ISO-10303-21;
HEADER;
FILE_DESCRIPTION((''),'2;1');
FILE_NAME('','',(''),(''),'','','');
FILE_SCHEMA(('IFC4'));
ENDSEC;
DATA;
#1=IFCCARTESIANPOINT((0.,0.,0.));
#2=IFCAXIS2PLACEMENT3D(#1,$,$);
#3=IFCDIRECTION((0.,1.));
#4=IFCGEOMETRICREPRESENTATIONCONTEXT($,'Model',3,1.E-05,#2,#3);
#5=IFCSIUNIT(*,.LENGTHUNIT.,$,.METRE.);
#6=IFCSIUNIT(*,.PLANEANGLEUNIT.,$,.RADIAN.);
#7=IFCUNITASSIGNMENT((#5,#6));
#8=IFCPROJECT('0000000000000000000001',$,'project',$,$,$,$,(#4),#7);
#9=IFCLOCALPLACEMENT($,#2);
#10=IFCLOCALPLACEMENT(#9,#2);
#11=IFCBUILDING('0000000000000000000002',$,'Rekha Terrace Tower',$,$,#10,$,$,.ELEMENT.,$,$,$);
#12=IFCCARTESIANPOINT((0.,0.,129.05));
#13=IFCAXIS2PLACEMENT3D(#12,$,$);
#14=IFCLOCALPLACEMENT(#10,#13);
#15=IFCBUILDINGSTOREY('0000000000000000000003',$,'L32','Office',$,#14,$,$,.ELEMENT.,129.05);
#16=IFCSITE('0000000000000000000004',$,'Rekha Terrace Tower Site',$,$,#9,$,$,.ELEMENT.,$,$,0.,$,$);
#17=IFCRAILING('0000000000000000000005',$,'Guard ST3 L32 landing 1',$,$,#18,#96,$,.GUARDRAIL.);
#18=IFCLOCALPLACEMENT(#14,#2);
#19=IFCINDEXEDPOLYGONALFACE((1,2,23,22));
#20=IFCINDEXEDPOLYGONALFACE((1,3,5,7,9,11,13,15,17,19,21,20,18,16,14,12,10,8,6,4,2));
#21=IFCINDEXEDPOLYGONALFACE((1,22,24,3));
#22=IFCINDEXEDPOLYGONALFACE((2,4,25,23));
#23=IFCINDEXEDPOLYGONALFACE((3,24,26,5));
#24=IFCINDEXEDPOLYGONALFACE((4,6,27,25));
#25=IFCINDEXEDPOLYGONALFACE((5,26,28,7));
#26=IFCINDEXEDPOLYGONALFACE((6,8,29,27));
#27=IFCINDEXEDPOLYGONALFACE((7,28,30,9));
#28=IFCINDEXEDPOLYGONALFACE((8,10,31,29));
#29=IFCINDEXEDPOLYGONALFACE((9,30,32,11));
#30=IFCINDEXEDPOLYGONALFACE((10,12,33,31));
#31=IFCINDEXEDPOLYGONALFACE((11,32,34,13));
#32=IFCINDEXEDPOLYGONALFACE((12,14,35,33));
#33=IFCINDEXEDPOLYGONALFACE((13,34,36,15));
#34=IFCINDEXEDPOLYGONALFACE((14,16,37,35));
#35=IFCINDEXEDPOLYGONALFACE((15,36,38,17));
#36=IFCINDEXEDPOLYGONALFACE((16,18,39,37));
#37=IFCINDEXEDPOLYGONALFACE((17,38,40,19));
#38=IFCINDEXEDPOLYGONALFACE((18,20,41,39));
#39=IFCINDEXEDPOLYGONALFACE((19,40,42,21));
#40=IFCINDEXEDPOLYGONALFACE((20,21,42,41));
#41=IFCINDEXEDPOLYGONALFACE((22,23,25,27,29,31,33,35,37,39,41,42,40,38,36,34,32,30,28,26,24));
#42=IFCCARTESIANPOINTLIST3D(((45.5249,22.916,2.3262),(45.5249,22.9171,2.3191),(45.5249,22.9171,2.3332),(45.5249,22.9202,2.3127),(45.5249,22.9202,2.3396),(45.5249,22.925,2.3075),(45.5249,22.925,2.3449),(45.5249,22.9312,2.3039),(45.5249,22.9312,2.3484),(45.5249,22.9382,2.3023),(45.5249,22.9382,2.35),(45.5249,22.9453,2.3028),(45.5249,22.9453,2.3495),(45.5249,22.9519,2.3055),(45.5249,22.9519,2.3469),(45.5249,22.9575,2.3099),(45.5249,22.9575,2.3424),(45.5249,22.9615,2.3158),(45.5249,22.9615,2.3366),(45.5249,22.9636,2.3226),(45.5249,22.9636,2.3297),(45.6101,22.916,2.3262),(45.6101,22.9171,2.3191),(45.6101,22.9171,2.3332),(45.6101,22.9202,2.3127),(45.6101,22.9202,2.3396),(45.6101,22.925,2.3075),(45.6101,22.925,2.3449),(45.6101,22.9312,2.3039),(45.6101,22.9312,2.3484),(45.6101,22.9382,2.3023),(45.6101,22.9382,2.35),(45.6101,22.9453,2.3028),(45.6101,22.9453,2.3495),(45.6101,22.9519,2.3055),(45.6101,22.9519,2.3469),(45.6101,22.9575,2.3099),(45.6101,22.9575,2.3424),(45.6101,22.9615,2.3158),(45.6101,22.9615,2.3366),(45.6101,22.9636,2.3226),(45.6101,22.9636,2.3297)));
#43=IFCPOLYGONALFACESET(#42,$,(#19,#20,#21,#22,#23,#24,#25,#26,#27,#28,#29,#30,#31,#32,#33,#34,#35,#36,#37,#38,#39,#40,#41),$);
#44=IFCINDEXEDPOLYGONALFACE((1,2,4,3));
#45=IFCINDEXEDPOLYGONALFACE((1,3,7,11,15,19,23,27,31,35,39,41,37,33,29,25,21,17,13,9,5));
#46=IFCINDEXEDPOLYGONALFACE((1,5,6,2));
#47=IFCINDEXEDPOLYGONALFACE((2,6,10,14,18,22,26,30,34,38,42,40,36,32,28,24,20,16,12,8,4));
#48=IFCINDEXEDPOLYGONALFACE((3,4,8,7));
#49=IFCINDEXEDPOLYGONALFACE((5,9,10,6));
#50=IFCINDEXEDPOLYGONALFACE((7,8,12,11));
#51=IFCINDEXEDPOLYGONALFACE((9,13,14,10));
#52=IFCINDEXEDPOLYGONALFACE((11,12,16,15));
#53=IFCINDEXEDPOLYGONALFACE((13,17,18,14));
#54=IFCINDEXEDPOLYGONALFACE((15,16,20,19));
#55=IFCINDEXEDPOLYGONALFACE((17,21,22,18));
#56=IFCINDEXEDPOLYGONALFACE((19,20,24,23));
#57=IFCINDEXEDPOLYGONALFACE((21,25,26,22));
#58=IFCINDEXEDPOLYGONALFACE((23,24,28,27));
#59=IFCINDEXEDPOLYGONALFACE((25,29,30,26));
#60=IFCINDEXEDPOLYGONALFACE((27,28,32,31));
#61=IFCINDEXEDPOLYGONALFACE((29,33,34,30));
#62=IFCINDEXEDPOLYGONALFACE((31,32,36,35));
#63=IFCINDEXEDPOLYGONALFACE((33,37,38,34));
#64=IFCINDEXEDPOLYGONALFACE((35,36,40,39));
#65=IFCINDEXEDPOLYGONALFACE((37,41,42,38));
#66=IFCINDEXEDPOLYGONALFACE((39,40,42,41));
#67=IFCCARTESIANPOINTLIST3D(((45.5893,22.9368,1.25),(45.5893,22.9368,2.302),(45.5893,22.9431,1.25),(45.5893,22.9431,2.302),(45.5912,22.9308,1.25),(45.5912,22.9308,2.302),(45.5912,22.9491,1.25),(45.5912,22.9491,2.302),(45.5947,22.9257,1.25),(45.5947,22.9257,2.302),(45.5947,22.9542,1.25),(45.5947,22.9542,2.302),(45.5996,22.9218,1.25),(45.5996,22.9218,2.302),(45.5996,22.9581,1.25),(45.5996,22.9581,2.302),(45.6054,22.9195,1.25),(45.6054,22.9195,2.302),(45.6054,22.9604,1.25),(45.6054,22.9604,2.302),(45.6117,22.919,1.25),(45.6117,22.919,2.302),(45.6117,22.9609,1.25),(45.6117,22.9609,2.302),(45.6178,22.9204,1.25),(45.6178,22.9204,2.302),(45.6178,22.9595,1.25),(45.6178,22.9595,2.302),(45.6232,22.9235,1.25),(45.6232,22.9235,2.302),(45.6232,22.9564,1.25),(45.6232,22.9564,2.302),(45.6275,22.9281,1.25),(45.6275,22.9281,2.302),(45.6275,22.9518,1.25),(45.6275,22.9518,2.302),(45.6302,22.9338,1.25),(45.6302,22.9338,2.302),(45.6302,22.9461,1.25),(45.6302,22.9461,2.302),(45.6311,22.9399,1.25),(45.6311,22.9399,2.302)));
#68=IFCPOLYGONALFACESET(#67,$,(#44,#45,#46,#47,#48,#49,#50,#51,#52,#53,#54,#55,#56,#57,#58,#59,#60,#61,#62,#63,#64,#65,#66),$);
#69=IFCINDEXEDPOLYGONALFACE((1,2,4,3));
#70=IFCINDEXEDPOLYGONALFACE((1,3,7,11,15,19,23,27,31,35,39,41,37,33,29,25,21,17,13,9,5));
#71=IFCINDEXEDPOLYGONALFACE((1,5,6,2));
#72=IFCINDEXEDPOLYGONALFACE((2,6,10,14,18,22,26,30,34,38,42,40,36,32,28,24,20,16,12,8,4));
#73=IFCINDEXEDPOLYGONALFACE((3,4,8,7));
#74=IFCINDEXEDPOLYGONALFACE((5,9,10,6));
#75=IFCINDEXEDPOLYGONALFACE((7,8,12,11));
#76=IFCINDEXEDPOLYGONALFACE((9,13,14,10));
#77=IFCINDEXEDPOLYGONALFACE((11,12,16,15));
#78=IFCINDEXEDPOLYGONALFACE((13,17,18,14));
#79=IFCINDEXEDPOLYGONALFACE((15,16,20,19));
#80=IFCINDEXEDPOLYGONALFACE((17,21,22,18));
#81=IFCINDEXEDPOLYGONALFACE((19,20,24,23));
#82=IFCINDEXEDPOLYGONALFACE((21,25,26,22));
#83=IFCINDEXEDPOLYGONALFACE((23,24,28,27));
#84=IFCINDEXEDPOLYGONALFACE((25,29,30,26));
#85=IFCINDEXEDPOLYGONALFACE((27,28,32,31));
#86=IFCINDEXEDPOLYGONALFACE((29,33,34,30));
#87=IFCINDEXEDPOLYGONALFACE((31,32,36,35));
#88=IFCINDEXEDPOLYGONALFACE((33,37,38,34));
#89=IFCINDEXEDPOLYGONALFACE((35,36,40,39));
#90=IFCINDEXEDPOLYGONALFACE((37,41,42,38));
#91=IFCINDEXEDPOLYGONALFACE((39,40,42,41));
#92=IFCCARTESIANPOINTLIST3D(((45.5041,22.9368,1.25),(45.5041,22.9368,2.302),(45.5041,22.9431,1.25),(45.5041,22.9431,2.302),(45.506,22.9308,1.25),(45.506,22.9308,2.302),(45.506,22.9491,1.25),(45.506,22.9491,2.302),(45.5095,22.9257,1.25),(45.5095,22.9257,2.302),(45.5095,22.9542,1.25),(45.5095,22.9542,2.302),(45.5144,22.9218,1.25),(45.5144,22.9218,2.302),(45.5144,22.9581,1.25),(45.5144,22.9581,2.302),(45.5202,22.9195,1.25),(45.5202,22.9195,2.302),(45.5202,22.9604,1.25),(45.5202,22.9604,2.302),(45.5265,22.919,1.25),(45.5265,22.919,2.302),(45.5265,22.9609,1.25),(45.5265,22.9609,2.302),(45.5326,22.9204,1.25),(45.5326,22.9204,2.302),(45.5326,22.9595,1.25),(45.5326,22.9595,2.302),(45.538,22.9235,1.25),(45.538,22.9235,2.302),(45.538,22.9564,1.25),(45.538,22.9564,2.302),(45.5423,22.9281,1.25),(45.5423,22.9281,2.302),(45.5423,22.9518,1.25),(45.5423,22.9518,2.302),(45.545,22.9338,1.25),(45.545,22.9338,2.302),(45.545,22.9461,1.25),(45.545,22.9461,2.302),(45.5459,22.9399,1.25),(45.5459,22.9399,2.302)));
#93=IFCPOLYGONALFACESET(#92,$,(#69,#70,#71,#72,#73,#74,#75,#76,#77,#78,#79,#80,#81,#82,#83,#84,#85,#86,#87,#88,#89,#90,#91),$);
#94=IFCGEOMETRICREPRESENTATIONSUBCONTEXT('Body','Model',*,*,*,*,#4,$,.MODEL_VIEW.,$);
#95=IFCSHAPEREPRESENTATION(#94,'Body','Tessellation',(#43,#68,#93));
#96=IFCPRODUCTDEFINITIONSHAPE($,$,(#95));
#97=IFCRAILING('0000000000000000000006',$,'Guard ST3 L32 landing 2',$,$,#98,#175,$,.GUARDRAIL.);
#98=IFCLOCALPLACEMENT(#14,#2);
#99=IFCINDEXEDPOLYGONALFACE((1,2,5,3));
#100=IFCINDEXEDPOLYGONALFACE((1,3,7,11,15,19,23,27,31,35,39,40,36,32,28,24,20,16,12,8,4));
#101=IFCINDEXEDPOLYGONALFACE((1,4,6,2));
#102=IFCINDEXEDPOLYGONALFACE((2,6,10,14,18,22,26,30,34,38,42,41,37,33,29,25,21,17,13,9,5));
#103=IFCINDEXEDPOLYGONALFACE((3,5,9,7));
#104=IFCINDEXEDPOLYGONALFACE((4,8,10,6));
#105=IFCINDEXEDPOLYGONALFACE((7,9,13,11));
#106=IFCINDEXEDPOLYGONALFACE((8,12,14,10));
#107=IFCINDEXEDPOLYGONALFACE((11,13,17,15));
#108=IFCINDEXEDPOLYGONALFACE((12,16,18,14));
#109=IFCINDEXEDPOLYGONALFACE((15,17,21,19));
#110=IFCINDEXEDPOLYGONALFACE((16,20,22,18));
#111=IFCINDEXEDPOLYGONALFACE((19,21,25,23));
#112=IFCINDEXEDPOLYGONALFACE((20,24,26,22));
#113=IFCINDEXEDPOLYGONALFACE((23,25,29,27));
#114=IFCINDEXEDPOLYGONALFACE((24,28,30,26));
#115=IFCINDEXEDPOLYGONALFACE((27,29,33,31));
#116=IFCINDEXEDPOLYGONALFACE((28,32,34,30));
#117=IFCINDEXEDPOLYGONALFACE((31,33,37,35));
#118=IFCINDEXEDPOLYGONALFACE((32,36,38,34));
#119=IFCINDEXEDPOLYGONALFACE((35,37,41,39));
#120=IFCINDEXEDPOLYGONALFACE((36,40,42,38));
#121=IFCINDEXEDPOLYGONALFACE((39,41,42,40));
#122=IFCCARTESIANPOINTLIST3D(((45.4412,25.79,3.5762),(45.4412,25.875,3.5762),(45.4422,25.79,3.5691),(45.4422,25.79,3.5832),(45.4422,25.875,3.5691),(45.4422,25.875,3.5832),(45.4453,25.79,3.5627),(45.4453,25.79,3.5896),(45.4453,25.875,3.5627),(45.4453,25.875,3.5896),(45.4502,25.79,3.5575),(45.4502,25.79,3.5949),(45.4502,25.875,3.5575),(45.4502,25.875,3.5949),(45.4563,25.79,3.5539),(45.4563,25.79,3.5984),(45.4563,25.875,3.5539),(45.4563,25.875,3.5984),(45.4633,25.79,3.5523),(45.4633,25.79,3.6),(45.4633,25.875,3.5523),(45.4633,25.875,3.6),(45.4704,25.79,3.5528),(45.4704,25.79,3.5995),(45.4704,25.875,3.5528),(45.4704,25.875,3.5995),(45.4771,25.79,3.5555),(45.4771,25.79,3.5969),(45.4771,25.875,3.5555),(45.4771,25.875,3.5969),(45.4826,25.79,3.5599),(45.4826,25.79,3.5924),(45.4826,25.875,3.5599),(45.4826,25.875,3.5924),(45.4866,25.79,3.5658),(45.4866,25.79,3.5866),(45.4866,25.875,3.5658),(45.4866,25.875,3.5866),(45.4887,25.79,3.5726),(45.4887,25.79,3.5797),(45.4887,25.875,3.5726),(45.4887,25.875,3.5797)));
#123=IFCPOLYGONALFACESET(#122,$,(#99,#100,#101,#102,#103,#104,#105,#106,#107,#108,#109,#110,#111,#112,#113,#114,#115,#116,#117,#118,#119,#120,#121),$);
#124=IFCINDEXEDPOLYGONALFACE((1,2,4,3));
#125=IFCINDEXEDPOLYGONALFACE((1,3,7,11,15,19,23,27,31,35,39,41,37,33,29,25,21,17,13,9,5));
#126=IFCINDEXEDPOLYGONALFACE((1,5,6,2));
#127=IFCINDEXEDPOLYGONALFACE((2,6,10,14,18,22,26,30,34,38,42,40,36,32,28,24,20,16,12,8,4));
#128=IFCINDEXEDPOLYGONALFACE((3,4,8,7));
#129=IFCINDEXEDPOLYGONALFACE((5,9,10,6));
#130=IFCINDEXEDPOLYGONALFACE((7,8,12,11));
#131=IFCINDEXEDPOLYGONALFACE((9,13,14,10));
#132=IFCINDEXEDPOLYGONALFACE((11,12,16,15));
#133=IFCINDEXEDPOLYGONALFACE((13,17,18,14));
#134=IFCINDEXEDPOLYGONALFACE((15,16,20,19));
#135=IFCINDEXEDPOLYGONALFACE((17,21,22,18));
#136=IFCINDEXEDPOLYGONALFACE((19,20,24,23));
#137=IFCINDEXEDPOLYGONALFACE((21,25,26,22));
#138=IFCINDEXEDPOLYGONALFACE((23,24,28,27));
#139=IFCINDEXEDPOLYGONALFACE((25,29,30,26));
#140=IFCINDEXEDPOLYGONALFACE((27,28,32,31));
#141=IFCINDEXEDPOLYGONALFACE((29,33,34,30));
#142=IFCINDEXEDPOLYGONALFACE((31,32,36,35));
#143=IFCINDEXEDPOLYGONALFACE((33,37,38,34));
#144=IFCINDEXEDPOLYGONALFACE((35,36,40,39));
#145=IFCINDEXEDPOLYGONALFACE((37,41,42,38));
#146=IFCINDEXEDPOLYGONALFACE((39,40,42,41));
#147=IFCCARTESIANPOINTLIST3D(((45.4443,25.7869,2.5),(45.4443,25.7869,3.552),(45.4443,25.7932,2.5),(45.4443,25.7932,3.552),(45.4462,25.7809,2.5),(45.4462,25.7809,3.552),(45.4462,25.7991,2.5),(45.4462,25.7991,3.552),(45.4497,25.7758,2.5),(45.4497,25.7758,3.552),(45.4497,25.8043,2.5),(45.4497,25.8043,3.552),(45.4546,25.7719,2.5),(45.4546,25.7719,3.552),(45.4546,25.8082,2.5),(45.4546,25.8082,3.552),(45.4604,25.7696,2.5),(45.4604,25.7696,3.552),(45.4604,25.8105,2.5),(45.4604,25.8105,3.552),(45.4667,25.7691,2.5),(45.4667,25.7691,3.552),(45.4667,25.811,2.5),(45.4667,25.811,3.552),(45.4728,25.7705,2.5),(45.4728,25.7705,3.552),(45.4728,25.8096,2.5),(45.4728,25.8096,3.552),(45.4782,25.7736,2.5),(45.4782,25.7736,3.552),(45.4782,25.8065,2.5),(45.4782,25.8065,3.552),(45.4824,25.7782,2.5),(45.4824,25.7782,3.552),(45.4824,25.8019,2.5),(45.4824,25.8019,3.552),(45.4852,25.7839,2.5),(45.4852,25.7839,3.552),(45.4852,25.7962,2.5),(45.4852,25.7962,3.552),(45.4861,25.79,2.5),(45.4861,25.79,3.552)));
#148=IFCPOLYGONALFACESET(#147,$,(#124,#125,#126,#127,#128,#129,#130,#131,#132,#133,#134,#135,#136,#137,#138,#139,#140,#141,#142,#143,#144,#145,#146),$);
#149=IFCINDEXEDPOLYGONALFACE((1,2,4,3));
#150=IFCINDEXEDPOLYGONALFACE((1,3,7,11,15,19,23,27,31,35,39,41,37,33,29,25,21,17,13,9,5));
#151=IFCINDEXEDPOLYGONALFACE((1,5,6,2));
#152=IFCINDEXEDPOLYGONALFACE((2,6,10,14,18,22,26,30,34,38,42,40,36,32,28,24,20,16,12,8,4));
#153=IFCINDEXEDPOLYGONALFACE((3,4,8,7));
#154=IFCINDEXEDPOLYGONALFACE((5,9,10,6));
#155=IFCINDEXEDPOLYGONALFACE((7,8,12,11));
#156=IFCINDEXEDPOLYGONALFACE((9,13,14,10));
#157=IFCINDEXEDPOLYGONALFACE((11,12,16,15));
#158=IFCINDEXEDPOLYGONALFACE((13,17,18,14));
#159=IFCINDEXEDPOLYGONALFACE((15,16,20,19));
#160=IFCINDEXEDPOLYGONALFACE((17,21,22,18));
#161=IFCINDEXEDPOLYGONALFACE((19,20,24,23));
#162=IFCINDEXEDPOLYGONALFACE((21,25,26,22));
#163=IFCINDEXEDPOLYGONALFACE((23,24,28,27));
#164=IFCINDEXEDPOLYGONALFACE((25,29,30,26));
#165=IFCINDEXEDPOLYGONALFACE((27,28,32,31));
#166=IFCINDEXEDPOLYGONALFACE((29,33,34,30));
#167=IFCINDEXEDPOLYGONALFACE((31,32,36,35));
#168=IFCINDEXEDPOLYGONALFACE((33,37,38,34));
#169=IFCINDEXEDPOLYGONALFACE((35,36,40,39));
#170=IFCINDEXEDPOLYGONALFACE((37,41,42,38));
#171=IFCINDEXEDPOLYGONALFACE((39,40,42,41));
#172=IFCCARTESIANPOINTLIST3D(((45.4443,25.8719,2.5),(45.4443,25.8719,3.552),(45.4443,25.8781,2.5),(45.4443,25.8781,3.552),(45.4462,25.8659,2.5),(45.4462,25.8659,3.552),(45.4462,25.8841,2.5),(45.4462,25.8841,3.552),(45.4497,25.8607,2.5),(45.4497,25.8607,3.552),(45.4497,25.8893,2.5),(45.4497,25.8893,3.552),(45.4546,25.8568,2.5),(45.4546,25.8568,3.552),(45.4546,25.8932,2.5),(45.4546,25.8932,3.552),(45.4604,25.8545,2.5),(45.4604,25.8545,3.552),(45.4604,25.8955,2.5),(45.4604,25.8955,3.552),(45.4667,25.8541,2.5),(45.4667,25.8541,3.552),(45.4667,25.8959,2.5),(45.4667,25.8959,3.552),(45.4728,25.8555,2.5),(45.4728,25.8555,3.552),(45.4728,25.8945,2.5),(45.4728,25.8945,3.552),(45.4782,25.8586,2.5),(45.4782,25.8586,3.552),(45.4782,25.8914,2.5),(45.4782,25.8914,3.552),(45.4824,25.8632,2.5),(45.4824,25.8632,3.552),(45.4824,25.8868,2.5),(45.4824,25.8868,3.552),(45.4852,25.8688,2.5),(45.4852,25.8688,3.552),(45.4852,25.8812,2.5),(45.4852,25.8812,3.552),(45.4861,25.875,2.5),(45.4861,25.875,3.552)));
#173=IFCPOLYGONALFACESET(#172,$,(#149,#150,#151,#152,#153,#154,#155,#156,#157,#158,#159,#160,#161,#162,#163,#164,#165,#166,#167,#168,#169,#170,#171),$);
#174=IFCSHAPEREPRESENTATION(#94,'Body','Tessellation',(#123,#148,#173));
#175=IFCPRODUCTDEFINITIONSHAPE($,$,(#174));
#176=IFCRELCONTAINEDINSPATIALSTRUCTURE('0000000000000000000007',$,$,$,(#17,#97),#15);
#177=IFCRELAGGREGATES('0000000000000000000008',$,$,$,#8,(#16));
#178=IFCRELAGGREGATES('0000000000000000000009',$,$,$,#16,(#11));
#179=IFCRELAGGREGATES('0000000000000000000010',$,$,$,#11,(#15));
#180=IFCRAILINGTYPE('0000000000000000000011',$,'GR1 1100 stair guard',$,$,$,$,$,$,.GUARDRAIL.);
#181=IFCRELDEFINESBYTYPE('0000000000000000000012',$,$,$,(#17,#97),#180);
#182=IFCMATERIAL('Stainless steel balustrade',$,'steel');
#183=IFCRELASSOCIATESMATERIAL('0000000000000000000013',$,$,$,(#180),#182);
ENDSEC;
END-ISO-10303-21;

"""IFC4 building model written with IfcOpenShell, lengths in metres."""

from ifc_helpers import new_model, si_unit, direction, frame, origin, origin_2d, place, context, subcontext, project, spatial, circle, extrude, material, type_object, element, save


model = new_model("IFC4")

# Units and contexts
model_context = context("Model", 3, precision=1e-05, world=origin(), true_north=direction((0.0, 1.0)))
body_context = subcontext(model_context, "Body", "Model", "MODEL_VIEW")
ifc_project = project(units=[si_unit("LENGTHUNIT", "METRE"), si_unit("PLANEANGLEUNIT", "RADIAN")], contexts=[model_context])

# Site, building, storey
site_placement = place(None, origin())
site = spatial("IfcSite", under=ifc_project, at=site_placement, Name="Rekha Terrace Tower Site", CompositionType="ELEMENT", RefElevation=0.0)
building_placement = place(site_placement, origin())
building = spatial("IfcBuilding", under=site, at=building_placement, Name="Rekha Terrace Tower", CompositionType="ELEMENT")
storey_placement = place(building_placement, frame((0.0, 0.0, 129.05)))
storey = spatial("IfcBuildingStorey", under=building, at=storey_placement, Name="L32", Description="Office", CompositionType="ELEMENT", Elevation=129.05)

# Railings
ifc_material_1 = material(Name="Stainless steel balustrade", Category="steel")
railing_type_1 = type_object("IfcRailingType", Name="GR1 1100 stair guard", PredefinedType="GUARDRAIL", material=ifc_material_1)
railing_1_placement = place(storey_placement, frame((45.6101, 22.9399, 1.25)))
element("IfcRailing", 1, at=railing_1_placement, inside=storey, type_object=railing_type_1, Name="Guard ST3 L32 landing 1", PredefinedType="GUARDRAIL", context=body_context, shape_type="SweptSolid", body=[
    extrude(circle(Radius=0.0239, at=origin_2d()), frame((0.0, 0.0, 1.0762), z_axis=(-1.0, 0.0, 0.0), x_axis=(0.0, -1.0, 0.0)), (0.0, 0.0, 1.0), 0.0852),
    extrude(circle(Radius=0.021, at=origin_2d()), origin(), (0.0, 0.0, 1.0), 1.052),
    extrude(circle(Radius=0.021, at=origin_2d()), frame((-0.0852, 0.0, 0.0)), (0.0, 0.0, 1.0), 1.052),
])
railing_2_placement = place(storey_placement, frame((45.4651, 25.79, 2.5)))
element("IfcRailing", 2, at=railing_2_placement, inside=storey, type_object=railing_type_1, Name="Guard ST3 L32 landing 2", PredefinedType="GUARDRAIL", context=body_context, shape_type="SweptSolid", body=[
    extrude(circle(Radius=0.0239, at=origin_2d()), frame((0.0, 0.0, 1.0762), z_axis=(0.0, 1.0, 0.0), x_axis=(-1.0, 0.0, 0.0)), (0.0, 0.0, 1.0), 0.085),
    extrude(circle(Radius=0.021, at=origin_2d()), origin(), (0.0, 0.0, 1.0), 1.052),
    extrude(circle(Radius=0.021, at=origin_2d()), frame((0.0, 0.085, 0.0)), (0.0, 0.0, 1.0), 1.052),
])

save(model, "model.ifc")
